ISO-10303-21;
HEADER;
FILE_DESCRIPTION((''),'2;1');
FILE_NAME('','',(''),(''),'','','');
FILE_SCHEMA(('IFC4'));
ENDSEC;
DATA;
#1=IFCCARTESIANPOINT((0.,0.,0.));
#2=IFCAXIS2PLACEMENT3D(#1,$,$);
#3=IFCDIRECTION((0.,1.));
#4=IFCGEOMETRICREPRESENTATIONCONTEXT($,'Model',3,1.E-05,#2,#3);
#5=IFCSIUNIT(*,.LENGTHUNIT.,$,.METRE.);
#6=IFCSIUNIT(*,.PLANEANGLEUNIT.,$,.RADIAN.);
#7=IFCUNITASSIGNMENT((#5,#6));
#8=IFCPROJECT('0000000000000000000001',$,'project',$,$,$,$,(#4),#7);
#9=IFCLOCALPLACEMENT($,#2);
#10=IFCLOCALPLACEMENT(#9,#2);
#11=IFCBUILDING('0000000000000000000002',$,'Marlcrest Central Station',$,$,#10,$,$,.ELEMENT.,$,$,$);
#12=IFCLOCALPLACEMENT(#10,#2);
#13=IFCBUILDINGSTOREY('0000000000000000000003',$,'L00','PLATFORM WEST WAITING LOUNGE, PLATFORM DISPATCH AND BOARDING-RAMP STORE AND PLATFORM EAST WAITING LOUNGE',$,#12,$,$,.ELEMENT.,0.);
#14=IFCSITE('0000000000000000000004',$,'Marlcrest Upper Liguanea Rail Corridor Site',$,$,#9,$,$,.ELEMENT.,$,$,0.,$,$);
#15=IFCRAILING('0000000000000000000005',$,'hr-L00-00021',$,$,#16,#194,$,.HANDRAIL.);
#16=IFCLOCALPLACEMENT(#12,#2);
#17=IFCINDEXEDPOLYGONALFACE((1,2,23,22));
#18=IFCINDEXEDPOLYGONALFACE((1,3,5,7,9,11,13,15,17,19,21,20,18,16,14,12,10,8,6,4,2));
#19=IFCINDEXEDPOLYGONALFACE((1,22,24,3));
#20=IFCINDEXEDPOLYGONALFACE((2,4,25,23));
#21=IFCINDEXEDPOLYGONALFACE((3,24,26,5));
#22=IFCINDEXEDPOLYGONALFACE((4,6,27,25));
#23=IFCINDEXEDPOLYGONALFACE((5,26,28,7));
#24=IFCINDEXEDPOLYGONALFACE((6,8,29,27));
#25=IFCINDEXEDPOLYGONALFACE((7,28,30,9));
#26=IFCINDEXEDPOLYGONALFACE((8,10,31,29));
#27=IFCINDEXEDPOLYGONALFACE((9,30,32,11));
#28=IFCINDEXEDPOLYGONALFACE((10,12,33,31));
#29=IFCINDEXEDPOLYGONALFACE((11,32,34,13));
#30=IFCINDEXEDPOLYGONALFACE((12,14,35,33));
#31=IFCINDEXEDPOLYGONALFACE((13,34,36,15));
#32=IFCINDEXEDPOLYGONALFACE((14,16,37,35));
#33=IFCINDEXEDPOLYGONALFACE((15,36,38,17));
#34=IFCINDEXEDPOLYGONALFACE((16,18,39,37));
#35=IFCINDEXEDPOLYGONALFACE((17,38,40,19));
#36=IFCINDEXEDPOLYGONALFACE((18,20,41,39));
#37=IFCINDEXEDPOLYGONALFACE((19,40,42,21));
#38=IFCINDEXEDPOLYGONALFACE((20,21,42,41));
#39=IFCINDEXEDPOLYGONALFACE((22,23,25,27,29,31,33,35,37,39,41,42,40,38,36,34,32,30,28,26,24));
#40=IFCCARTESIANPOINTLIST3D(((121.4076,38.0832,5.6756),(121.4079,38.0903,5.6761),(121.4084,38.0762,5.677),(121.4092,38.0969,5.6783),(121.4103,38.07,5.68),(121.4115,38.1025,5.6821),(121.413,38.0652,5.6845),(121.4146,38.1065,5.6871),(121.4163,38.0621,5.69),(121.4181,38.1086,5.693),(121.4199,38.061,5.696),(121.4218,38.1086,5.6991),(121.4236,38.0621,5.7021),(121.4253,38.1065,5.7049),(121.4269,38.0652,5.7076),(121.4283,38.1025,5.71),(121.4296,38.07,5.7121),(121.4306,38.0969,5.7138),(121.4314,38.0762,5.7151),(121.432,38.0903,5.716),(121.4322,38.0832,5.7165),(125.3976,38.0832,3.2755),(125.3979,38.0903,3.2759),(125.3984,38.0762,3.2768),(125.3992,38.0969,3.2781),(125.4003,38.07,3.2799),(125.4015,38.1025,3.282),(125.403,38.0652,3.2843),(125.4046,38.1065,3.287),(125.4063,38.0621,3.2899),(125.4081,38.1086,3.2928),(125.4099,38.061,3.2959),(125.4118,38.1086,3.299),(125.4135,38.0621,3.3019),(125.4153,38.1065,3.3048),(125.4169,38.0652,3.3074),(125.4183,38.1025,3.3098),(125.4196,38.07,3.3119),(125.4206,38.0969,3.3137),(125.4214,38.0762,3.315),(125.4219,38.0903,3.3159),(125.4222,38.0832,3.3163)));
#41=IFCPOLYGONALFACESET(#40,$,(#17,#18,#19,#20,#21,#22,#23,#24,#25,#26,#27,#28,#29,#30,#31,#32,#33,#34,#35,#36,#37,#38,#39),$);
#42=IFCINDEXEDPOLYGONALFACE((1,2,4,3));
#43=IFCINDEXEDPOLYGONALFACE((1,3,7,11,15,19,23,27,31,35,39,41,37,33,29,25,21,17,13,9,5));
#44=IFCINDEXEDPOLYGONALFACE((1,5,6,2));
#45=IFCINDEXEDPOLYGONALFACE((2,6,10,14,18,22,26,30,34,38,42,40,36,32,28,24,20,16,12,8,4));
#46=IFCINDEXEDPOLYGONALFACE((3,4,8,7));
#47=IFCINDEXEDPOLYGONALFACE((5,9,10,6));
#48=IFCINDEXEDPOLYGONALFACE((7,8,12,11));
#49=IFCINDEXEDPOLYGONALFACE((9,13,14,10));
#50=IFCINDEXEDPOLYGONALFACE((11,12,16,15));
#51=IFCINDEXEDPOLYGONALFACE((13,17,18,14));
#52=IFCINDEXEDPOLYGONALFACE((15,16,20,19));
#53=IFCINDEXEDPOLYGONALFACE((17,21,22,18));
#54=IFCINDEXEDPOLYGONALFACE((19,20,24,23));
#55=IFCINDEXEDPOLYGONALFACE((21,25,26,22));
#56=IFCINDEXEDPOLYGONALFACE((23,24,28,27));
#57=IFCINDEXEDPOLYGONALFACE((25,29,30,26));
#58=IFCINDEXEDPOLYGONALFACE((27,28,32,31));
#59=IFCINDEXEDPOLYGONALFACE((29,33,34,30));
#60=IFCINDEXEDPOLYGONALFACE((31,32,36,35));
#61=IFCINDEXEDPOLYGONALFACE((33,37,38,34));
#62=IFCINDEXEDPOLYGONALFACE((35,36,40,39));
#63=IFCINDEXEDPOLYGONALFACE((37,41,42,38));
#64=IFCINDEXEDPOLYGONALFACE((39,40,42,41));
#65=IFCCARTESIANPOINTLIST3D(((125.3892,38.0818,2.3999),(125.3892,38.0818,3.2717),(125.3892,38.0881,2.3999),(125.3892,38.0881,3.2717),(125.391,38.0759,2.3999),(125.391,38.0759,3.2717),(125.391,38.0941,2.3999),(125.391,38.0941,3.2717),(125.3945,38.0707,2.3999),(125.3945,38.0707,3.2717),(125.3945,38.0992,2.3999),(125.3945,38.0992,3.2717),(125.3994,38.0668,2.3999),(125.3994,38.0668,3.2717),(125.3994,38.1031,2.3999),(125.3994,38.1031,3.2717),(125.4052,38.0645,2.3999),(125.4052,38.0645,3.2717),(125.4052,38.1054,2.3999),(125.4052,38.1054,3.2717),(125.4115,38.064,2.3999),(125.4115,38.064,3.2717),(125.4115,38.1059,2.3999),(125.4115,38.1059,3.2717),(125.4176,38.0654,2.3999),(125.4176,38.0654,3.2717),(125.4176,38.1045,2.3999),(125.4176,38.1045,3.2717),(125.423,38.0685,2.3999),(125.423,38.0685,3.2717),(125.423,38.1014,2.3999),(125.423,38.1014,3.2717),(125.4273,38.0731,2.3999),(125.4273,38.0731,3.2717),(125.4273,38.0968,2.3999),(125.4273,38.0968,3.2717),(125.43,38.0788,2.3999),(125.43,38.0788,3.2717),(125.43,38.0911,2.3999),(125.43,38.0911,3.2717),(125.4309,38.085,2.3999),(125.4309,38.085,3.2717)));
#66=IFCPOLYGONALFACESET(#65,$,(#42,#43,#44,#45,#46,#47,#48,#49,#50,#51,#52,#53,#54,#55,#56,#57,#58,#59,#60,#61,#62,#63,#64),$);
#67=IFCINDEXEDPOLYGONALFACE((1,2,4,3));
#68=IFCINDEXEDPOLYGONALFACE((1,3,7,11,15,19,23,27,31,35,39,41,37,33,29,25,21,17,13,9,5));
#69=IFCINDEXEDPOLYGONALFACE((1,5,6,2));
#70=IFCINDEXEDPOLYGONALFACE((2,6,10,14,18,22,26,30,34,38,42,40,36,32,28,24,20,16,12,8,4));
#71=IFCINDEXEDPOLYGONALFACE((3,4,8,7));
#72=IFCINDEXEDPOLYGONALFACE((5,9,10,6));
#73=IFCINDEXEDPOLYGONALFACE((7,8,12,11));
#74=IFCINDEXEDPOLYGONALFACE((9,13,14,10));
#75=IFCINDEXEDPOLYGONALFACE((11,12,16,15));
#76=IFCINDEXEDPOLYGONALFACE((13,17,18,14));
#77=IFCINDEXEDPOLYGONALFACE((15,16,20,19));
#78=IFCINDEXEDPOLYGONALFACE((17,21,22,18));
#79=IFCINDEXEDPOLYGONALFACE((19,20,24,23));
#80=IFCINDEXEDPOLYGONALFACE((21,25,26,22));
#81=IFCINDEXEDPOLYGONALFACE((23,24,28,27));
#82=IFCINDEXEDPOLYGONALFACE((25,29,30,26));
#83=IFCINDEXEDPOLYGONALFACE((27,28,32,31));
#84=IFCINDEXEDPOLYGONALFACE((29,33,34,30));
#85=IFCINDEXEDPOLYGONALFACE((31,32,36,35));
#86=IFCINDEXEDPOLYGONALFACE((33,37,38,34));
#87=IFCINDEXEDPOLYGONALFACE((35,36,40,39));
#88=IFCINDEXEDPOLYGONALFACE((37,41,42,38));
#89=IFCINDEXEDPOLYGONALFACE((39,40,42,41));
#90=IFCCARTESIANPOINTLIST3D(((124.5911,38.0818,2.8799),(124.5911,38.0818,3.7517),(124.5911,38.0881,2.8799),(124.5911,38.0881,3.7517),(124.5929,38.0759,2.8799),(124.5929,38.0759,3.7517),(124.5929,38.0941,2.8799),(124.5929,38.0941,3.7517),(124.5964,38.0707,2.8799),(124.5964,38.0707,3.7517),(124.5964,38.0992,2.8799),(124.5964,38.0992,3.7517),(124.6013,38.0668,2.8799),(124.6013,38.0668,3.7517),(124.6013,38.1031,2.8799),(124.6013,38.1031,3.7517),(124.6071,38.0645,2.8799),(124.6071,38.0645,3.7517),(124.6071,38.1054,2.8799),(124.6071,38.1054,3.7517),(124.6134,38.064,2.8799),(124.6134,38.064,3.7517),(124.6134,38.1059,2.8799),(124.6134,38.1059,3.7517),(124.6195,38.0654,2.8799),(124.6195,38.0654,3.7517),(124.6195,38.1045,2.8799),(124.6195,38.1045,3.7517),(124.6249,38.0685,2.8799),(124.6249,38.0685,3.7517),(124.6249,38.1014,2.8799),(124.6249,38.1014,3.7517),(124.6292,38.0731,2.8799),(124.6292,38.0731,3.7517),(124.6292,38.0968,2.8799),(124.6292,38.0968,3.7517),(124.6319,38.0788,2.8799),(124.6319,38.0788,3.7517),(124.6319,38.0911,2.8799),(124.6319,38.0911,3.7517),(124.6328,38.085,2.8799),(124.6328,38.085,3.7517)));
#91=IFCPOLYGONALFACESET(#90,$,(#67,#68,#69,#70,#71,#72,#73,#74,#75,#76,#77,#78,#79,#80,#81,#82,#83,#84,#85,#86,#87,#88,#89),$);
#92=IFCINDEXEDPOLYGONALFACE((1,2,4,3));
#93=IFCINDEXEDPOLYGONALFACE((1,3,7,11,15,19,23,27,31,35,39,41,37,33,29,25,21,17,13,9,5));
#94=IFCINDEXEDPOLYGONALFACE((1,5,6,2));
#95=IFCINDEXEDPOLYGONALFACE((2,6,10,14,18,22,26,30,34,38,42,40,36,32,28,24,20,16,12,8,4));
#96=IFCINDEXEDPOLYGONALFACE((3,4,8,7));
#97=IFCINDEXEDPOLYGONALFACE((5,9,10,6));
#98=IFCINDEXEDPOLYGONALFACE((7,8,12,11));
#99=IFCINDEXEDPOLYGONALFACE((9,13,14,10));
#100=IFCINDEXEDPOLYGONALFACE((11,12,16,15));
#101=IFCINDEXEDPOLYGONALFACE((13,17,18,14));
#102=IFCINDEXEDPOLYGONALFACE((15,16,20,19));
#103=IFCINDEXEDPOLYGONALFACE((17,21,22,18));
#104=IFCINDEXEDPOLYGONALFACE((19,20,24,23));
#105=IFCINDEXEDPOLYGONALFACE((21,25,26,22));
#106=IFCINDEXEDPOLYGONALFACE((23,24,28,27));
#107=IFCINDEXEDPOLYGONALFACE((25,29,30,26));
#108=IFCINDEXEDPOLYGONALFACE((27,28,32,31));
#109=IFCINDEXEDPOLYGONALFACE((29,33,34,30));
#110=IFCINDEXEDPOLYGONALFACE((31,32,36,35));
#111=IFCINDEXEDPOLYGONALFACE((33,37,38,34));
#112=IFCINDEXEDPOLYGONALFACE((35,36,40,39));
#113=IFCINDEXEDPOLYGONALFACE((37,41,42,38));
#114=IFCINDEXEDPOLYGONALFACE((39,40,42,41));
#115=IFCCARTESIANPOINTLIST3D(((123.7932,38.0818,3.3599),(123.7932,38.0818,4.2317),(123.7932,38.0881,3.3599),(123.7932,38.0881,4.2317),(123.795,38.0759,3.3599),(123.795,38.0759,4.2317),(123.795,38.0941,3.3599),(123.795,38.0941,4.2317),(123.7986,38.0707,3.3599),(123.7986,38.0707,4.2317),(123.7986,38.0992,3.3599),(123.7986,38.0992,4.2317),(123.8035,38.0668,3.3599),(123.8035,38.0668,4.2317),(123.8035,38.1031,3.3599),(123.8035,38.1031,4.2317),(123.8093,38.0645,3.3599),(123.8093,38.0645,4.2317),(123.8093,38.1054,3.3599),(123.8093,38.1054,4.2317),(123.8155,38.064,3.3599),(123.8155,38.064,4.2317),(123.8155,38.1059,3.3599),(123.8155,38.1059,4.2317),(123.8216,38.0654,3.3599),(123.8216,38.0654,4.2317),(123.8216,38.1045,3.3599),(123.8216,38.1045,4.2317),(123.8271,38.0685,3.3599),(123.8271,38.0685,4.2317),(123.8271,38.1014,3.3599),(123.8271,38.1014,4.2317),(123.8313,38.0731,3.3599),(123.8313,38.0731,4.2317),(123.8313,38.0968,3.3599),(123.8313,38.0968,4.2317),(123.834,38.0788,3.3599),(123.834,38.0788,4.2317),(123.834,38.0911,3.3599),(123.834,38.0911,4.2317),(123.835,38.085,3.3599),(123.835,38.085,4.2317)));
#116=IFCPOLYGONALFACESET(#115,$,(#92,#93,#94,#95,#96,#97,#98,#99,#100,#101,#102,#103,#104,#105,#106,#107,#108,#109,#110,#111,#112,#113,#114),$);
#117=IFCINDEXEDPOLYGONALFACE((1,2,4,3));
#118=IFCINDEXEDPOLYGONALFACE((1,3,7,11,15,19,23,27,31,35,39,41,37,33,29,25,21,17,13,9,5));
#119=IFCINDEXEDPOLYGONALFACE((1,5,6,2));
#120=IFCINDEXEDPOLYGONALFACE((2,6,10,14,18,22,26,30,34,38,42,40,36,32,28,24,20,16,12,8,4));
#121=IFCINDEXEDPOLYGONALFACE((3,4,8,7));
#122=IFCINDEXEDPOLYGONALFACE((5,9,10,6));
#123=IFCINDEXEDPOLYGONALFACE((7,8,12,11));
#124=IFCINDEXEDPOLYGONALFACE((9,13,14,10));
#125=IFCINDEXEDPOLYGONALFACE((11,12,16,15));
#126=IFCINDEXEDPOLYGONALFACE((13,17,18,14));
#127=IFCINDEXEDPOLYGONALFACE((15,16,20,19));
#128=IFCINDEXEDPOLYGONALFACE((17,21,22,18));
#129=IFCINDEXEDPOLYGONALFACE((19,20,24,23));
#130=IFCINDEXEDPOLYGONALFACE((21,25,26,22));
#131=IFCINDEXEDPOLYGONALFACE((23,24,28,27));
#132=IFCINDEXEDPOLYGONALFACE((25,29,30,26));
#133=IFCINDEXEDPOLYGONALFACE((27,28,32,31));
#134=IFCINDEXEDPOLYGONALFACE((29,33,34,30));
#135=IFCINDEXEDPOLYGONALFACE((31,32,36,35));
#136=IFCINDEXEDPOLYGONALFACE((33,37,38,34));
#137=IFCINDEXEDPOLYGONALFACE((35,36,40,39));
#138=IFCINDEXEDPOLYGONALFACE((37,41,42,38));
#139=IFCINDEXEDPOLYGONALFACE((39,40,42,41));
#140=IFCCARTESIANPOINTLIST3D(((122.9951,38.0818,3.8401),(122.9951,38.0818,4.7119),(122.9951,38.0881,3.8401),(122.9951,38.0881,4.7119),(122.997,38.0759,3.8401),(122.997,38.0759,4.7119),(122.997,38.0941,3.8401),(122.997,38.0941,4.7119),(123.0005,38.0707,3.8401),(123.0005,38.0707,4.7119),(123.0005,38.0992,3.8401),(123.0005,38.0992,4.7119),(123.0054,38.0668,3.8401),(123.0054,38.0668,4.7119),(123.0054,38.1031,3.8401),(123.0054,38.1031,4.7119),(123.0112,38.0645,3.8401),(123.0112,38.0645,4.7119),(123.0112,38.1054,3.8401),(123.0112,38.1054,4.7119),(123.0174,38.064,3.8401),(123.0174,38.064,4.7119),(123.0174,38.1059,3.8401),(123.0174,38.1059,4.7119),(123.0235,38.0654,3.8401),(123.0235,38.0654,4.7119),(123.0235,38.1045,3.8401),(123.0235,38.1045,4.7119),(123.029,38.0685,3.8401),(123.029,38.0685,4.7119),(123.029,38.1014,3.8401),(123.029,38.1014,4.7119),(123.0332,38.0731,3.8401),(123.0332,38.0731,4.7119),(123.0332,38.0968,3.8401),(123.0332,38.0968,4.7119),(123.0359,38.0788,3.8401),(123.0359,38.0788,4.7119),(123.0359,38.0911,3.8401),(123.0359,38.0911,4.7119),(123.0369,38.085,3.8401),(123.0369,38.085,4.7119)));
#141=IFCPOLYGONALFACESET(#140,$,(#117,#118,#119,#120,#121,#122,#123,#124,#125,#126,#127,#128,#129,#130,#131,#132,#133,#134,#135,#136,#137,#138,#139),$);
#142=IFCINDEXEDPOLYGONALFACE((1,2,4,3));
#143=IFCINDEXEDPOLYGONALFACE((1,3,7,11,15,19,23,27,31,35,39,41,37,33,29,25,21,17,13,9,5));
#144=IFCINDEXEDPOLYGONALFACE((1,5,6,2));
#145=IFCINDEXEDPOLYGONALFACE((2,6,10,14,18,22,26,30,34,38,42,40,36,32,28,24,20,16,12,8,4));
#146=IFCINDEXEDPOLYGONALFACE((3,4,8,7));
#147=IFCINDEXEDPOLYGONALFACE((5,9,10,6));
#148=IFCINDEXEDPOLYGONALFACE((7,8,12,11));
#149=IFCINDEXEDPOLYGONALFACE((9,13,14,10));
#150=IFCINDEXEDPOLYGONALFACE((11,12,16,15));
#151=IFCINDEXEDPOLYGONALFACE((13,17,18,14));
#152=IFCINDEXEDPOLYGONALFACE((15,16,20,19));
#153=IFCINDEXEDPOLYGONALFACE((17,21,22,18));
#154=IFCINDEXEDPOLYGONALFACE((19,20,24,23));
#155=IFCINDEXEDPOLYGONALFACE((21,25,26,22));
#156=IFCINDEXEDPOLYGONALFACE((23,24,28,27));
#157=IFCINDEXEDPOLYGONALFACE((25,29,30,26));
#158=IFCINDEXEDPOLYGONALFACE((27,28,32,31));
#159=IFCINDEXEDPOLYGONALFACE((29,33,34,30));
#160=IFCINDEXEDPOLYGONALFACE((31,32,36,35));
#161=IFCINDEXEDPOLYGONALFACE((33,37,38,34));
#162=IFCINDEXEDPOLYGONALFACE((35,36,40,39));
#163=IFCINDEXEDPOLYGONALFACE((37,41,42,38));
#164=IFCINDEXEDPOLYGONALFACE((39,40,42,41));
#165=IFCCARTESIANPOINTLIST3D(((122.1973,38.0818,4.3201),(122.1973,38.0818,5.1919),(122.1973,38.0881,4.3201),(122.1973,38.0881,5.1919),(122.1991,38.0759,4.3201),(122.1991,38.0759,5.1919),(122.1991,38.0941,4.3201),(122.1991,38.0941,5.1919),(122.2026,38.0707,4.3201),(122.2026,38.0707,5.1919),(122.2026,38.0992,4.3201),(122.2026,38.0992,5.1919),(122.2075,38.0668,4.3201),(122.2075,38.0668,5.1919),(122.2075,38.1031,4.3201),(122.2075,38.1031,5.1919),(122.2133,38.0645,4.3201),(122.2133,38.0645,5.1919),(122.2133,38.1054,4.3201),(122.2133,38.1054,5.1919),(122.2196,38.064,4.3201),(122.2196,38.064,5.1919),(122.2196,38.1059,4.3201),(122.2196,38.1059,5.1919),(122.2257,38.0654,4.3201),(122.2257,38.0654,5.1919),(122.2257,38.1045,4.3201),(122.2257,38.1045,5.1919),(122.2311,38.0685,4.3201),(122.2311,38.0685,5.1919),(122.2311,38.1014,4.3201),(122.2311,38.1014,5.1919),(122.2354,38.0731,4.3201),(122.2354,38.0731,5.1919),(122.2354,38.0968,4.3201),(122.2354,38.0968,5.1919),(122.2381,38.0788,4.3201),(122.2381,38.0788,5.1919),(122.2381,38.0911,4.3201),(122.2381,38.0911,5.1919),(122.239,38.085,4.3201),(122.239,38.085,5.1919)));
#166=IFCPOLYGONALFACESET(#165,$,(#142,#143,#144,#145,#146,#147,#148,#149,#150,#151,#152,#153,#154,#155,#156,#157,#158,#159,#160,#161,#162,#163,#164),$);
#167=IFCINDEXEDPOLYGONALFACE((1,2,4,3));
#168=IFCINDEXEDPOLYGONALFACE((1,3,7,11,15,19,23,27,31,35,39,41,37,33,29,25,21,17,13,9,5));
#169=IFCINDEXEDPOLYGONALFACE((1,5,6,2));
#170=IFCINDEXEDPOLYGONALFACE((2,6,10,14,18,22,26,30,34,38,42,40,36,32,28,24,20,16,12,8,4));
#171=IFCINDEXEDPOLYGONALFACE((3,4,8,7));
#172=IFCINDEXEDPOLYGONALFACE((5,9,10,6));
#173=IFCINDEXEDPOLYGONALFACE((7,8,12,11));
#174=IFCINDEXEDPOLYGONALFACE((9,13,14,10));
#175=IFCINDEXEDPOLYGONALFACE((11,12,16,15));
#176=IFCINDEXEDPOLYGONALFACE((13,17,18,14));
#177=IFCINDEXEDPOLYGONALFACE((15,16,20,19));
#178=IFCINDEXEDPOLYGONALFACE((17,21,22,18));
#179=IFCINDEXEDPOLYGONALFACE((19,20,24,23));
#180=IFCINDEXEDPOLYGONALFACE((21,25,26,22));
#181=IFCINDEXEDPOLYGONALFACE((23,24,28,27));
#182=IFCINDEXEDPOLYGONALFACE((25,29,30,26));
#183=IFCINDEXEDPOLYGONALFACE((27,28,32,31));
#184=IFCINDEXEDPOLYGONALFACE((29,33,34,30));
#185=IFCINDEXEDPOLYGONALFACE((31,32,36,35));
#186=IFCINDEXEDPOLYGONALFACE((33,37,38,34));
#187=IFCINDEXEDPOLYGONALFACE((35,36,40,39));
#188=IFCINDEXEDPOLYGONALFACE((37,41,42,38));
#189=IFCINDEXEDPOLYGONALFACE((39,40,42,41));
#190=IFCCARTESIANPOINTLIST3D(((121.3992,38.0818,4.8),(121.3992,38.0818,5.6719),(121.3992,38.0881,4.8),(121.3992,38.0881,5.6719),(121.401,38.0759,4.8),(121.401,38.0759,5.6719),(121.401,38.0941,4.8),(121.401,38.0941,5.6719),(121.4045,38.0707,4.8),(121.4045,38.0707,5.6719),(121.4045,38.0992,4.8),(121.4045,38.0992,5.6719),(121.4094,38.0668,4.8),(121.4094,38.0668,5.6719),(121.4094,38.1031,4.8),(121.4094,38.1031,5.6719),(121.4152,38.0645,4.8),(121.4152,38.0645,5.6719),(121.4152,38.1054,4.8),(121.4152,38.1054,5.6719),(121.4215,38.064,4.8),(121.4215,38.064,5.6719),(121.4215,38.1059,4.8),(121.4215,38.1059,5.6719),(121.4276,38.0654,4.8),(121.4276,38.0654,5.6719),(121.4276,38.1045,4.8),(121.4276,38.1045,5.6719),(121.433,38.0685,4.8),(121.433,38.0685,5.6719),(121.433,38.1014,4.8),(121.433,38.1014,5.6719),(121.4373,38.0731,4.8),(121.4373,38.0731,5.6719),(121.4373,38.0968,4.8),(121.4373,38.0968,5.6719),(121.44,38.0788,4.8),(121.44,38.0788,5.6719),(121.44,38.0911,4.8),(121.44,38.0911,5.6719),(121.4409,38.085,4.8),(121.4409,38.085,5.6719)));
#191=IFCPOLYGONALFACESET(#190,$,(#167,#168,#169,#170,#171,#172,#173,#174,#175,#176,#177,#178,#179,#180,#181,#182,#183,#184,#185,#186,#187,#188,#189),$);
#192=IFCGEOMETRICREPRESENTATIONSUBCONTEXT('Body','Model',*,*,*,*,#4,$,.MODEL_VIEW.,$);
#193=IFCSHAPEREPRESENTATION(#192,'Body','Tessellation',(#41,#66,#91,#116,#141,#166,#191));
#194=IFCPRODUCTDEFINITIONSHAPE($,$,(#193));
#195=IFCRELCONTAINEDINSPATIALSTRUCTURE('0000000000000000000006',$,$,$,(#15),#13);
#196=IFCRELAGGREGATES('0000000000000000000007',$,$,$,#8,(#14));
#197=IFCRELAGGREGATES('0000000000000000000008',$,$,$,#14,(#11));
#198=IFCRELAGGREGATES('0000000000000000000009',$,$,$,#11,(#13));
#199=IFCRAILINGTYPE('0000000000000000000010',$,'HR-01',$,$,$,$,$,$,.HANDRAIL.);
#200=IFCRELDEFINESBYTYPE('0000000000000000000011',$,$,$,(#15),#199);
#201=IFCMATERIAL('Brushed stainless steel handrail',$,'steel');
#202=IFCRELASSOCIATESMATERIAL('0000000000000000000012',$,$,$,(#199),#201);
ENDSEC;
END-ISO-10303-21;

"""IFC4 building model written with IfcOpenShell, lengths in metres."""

from ifc_helpers import new_model, si_unit, direction, frame, origin, origin_2d, place, context, subcontext, project, spatial, circle, extrude, material, type_object, element, save


model = new_model("IFC4")

# Units and contexts
model_context = context("Model", 3, precision=1e-05, world=origin(), true_north=direction((0.0, 1.0)))
body_context = subcontext(model_context, "Body", "Model", "MODEL_VIEW")
ifc_project = project(units=[si_unit("LENGTHUNIT", "METRE"), si_unit("PLANEANGLEUNIT", "RADIAN")], contexts=[model_context])

# Site, building, storey
site_placement = place(None, origin())
site = spatial("IfcSite", under=ifc_project, at=site_placement, Name="Marlcrest Upper Liguanea Rail Corridor Site", CompositionType="ELEMENT", RefElevation=0.0)
building_placement = place(site_placement, origin())
building = spatial("IfcBuilding", under=site, at=building_placement, Name="Marlcrest Central Station", CompositionType="ELEMENT")
storey_placement = place(building_placement, origin())
storey = spatial("IfcBuildingStorey", under=building, at=storey_placement, Name="L00", Description="PLATFORM WEST WAITING LOUNGE, PLATFORM DISPATCH AND BOARDING-RAMP STORE AND PLATFORM EAST WAITING LOUNGE", CompositionType="ELEMENT", Elevation=0.0)

# Railing
ifc_material_1 = material(Name="Brushed stainless steel handrail", Category="steel")
railing_type_1 = type_object("IfcRailingType", Name="HR-01", PredefinedType="HANDRAIL", material=ifc_material_1)
railing_1_placement = place(storey_placement, frame((125.4099, 38.085, 2.3999)))
element("IfcRailing", 1, at=railing_1_placement, inside=storey, type_object=railing_type_1, Name="hr-L00-00021", PredefinedType="HANDRAIL", context=body_context, shape_type="SweptSolid", body=[
    extrude(circle(Radius=0.0239, at=origin_2d()), frame((0.0, 0.0, 0.896), z_axis=(-0.856909, 0.0, 0.515467), x_axis=(0.0, -1.0, 0.0)), (0.0, 0.0, 1.0), 4.6562),
    extrude(circle(Radius=0.021, at=origin_2d()), origin(), (0.0, 0.0, 1.0), 0.8718),
    extrude(circle(Radius=0.021, at=origin_2d()), frame((-0.7981, 0.0, 0.48)), (0.0, 0.0, 1.0), 0.8718),
    extrude(circle(Radius=0.021, at=origin_2d()), frame((-1.5959, 0.0, 0.96)), (0.0, 0.0, 1.0), 0.8718),
    extrude(circle(Radius=0.021, at=origin_2d()), frame((-2.394, 0.0, 1.4402)), (0.0, 0.0, 1.0), 0.8718),
    extrude(circle(Radius=0.021, at=origin_2d()), frame((-3.1919, 0.0, 1.9202)), (0.0, 0.0, 1.0), 0.8718),
    extrude(circle(Radius=0.021, at=origin_2d()), frame((-3.99, 0.0, 2.4001)), (0.0, 0.0, 1.0), 0.8718),
])

save(model, "model.ifc")
